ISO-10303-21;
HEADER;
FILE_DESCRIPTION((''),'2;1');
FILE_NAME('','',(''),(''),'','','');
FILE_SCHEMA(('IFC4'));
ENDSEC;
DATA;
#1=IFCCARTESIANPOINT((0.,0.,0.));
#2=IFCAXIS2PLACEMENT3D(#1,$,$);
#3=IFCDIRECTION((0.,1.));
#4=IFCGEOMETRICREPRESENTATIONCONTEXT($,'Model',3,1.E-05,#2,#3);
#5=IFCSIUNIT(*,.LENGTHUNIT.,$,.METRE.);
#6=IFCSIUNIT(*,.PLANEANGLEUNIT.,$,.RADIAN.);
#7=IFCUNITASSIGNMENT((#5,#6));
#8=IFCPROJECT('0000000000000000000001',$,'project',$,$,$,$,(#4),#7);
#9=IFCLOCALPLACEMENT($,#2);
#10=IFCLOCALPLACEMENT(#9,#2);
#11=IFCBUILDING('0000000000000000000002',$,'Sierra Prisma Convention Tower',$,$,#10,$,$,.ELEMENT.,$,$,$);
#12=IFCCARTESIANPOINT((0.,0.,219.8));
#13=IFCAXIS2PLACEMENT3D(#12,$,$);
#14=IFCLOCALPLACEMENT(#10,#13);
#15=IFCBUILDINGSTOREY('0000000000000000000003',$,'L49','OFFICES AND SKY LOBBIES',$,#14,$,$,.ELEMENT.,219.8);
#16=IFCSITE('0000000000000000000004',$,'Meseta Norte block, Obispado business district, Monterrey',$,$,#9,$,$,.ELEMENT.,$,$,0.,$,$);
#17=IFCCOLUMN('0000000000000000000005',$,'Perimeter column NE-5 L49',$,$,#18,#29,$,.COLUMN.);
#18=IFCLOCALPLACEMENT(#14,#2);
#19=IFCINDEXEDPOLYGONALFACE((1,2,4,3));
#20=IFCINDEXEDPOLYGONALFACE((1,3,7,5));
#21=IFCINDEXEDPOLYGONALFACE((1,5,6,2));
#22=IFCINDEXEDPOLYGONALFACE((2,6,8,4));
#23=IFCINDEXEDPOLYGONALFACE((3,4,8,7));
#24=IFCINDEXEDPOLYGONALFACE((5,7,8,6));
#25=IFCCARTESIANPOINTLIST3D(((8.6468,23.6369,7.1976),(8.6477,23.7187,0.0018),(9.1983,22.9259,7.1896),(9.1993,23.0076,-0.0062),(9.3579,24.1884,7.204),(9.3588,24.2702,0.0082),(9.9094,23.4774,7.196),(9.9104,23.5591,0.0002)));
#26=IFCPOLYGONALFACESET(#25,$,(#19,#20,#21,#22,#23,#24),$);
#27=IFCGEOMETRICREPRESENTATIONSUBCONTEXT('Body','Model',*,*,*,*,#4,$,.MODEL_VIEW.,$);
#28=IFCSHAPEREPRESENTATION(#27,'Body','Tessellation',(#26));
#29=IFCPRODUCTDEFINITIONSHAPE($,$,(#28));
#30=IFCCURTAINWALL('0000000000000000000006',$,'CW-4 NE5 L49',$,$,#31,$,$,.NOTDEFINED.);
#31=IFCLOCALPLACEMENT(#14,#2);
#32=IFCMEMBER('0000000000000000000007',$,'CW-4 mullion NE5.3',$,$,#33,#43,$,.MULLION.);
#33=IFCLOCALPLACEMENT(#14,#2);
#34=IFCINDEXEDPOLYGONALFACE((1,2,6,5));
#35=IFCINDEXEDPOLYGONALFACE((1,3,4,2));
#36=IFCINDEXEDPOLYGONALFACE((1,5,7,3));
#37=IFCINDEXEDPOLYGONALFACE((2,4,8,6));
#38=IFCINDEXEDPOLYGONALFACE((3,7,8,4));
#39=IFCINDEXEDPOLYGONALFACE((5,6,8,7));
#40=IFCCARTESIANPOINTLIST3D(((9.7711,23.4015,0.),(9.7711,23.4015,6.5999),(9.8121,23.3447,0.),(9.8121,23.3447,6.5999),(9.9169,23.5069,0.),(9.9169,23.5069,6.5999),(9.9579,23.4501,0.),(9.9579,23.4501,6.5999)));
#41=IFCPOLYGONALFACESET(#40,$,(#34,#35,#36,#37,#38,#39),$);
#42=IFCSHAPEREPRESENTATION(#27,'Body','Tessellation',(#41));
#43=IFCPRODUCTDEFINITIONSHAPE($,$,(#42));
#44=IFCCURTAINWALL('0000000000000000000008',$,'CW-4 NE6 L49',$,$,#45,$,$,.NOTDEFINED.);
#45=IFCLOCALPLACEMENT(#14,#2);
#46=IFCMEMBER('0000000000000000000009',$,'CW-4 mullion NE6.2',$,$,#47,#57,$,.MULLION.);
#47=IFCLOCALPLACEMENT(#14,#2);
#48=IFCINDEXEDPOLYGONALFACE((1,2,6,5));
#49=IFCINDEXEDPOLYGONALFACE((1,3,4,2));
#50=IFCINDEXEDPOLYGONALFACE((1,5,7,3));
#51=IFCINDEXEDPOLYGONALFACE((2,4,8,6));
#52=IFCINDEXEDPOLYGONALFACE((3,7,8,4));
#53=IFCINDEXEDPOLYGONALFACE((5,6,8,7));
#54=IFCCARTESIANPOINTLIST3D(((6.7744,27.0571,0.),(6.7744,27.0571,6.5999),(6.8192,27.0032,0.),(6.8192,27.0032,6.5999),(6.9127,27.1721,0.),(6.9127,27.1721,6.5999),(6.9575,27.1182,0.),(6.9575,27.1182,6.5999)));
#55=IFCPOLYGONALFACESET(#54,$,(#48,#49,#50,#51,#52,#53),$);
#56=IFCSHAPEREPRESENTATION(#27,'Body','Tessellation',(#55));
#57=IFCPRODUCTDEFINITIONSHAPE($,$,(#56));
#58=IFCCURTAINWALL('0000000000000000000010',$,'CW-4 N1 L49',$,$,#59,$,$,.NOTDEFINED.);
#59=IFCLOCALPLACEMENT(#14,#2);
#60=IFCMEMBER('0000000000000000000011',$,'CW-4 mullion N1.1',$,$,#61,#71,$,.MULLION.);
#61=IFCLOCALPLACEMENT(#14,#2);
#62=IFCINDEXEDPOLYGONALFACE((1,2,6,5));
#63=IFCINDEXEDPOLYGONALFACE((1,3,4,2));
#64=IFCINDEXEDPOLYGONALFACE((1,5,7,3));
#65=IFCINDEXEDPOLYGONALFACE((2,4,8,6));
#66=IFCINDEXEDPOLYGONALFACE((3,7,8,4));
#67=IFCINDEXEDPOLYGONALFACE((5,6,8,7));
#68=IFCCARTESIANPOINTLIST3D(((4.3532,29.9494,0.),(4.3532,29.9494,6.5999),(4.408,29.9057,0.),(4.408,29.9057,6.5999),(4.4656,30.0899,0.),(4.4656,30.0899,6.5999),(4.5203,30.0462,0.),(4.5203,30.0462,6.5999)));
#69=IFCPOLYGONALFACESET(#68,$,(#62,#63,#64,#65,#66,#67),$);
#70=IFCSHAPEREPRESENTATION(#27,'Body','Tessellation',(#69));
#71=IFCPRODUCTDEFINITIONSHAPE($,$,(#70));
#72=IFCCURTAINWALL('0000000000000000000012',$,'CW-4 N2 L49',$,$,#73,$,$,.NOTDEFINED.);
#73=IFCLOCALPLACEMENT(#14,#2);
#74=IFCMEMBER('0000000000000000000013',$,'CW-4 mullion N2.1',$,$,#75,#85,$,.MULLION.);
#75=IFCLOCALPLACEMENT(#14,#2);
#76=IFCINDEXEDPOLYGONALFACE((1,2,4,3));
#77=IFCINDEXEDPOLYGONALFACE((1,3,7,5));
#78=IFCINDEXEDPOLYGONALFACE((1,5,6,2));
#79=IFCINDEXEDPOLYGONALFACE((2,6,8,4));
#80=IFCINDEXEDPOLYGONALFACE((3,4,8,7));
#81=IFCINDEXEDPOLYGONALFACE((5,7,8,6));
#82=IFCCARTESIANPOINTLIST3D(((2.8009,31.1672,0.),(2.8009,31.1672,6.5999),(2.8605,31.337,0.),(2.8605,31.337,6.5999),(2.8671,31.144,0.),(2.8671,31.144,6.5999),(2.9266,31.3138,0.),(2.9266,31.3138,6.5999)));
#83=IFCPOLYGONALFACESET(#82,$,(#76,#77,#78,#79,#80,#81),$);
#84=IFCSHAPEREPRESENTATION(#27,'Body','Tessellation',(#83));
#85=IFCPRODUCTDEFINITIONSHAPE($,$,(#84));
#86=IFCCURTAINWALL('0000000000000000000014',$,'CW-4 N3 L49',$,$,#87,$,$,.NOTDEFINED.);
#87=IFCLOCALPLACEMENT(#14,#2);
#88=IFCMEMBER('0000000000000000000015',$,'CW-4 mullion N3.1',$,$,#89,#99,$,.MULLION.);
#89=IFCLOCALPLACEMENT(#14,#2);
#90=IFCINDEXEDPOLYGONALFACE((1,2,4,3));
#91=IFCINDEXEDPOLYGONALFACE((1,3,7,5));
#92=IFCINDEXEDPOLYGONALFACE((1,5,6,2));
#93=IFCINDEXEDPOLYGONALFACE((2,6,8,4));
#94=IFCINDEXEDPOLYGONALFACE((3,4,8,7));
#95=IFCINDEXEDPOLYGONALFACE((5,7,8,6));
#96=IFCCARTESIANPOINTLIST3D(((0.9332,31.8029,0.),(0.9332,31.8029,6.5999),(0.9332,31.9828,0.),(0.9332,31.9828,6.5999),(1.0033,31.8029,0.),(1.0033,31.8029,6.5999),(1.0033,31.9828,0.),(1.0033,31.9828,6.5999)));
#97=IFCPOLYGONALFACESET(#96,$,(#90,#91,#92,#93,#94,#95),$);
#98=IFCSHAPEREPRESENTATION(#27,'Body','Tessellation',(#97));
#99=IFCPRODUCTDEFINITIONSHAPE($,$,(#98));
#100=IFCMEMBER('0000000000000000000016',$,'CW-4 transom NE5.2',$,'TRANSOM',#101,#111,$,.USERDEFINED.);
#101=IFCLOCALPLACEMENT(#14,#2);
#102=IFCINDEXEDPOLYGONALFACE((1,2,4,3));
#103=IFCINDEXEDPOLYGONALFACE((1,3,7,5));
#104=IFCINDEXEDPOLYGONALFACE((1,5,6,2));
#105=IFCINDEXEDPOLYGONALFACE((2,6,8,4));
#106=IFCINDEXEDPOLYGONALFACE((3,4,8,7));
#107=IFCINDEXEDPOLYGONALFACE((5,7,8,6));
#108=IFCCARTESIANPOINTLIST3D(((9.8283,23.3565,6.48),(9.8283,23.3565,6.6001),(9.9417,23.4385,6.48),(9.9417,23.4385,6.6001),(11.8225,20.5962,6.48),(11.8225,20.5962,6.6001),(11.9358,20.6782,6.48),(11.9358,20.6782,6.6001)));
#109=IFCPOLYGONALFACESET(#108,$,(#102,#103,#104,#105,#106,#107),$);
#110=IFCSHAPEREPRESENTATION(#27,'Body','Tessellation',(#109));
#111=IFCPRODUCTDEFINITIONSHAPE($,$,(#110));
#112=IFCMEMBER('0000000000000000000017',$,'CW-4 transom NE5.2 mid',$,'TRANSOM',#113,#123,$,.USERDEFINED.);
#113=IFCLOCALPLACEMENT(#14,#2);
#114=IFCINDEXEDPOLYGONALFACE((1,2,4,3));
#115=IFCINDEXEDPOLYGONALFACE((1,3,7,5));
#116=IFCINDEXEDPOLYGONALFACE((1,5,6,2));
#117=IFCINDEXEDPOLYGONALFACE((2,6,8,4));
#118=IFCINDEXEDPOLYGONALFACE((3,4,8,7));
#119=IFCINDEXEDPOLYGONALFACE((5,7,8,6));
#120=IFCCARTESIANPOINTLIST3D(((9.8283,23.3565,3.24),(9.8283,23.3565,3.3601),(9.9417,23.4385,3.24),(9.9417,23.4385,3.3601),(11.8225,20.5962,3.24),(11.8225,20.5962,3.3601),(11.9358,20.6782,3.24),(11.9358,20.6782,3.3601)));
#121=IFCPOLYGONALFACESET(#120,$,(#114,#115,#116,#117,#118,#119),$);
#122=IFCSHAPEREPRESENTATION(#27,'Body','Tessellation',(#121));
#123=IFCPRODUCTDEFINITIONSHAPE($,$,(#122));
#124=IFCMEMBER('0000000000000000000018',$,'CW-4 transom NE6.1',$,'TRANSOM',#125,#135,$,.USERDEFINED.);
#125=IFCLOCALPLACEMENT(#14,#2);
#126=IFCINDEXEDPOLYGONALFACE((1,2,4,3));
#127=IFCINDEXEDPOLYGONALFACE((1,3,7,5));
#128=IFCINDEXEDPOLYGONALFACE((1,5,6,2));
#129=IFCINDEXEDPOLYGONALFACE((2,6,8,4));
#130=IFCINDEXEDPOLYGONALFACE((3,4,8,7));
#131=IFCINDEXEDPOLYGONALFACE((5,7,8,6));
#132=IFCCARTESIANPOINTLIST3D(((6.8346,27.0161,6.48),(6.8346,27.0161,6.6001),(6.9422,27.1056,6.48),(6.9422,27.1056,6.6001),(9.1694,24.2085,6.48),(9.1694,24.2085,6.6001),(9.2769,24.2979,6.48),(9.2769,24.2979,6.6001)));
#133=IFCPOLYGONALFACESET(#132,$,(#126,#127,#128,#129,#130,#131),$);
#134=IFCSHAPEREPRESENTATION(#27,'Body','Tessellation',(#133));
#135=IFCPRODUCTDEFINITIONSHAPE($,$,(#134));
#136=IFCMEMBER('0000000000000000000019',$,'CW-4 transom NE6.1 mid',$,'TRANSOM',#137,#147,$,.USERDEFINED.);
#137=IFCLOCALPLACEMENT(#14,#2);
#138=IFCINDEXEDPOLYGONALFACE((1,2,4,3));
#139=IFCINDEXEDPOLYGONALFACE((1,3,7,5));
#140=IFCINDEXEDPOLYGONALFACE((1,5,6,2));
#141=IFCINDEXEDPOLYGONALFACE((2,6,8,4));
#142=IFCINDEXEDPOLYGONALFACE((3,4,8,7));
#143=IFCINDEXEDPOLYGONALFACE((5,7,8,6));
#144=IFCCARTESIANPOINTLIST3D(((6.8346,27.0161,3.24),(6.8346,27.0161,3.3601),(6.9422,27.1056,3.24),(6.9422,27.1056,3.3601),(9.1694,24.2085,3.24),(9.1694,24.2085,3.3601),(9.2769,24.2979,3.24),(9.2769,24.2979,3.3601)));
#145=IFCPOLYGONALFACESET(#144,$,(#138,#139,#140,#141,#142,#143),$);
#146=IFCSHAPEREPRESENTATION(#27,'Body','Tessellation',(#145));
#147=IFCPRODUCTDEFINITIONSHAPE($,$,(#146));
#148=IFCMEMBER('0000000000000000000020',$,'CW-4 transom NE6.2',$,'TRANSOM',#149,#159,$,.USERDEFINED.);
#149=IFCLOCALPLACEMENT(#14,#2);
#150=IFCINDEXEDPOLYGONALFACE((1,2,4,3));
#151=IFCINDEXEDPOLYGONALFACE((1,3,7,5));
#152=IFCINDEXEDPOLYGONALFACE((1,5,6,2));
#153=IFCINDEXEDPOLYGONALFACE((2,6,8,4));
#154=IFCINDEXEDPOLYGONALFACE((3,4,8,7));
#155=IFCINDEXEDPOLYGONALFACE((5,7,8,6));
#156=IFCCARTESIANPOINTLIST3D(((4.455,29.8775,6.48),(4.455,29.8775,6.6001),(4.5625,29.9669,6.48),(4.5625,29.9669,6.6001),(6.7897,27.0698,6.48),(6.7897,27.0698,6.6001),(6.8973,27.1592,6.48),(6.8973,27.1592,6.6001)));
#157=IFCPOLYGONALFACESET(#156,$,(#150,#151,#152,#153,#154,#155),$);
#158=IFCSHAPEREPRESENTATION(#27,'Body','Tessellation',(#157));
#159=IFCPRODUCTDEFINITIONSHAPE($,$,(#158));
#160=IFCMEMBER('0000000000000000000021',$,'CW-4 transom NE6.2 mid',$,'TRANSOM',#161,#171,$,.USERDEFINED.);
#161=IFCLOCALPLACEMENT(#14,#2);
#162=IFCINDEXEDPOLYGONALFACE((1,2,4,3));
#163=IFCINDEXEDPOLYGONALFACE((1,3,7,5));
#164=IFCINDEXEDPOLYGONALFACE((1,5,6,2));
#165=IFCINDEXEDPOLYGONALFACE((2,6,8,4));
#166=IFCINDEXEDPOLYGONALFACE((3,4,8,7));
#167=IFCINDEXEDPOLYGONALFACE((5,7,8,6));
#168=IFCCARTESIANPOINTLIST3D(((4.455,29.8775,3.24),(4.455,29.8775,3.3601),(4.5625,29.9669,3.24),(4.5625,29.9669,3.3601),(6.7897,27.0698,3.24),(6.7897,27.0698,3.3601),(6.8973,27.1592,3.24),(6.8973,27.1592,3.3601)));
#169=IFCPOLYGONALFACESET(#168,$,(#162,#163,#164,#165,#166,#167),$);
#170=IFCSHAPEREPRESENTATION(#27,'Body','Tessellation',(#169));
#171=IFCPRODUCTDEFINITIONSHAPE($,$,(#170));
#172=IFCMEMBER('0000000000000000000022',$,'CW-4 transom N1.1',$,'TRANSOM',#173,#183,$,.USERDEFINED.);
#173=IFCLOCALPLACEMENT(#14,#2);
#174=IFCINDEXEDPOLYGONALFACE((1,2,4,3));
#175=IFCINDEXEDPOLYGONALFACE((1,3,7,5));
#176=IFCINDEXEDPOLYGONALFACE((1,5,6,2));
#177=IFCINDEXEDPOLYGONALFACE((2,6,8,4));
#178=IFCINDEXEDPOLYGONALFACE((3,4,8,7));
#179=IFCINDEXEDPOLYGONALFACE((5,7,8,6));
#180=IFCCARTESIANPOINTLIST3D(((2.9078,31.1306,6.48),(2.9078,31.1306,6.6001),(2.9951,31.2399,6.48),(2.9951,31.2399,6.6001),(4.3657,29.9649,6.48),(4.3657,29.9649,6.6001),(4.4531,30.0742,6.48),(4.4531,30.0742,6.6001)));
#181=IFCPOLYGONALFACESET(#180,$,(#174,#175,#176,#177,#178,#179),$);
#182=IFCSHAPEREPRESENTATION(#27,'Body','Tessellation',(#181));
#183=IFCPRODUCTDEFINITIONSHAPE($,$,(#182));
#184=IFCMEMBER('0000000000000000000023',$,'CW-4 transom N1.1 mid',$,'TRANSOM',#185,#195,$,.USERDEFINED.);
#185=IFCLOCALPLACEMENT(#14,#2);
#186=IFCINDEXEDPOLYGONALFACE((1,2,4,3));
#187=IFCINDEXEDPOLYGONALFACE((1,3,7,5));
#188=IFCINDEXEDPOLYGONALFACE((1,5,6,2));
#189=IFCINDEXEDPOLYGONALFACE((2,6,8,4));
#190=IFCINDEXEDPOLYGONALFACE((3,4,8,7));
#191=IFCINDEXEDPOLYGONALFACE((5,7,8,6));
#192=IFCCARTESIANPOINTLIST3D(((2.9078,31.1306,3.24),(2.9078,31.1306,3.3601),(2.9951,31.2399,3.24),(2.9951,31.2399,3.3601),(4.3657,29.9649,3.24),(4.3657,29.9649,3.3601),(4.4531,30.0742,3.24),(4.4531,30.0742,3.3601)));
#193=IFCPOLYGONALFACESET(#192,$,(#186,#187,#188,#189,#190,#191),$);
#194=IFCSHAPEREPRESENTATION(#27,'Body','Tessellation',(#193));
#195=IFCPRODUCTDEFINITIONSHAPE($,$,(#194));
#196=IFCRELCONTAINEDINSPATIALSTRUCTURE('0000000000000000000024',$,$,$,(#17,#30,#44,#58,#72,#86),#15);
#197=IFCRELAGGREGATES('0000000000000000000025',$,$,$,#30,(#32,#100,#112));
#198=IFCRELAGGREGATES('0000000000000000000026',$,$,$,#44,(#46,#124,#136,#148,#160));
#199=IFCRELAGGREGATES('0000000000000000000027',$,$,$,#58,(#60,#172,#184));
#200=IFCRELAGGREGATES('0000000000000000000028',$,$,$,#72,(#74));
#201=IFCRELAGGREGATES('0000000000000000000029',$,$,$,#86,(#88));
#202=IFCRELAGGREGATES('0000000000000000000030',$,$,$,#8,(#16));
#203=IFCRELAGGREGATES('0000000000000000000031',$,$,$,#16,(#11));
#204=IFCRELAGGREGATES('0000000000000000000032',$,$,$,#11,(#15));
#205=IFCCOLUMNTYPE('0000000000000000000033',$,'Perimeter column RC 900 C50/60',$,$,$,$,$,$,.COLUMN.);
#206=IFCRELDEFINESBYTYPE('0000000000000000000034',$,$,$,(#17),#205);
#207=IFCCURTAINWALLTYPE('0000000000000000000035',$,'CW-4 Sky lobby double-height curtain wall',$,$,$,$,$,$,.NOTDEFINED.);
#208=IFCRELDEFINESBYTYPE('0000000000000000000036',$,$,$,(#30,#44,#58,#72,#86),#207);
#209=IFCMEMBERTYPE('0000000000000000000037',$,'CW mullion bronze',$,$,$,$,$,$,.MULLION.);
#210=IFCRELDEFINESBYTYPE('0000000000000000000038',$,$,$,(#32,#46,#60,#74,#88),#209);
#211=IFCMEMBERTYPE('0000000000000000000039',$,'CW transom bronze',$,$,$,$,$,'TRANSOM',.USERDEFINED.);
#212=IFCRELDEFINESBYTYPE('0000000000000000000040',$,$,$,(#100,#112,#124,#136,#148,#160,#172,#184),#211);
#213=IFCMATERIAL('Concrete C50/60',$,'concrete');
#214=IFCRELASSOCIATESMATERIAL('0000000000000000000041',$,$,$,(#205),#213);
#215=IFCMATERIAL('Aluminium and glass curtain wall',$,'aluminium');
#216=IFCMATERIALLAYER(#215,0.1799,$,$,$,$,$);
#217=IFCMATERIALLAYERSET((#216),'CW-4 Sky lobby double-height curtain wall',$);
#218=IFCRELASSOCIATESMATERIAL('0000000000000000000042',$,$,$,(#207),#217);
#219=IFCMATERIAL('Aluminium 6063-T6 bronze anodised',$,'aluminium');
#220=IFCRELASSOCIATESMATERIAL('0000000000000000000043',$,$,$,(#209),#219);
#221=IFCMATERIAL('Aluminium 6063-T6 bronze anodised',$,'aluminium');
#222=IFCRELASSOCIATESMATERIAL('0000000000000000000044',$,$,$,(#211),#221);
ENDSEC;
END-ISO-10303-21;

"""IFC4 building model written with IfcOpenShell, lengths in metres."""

from ifc_helpers import new_model, si_unit, direction, frame, origin, origin_2d, place, context, subcontext, project, spatial, rectangle, extrude, clip, halfspace, material, layer, layer_set, material_profile, profile_set, type_object, element, aggregate, save


model = new_model("IFC4")

# Units and contexts
model_context = context("Model", 3, precision=1e-05, world=origin(), true_north=direction((0.0, 1.0)))
body_context = subcontext(model_context, "Body", "Model", "MODEL_VIEW")
ifc_project = project(units=[si_unit("LENGTHUNIT", "METRE"), si_unit("PLANEANGLEUNIT", "RADIAN")], contexts=[model_context])

# Site, building, storey
site_placement = place(None, origin())
site = spatial("IfcSite", under=ifc_project, at=site_placement, Name="Meseta Norte block, Obispado business district, Monterrey", CompositionType="ELEMENT", RefElevation=0.0)
building_placement = place(site_placement, origin())
building = spatial("IfcBuilding", under=site, at=building_placement, Name="Sierra Prisma Convention Tower", CompositionType="ELEMENT")
storey_placement = place(building_placement, frame((0.0, 0.0, 219.8)))
storey = spatial("IfcBuildingStorey", under=building, at=storey_placement, Name="L49", Description="OFFICES AND SKY LOBBIES", CompositionType="ELEMENT", Elevation=219.8)

# Column
ifc_material_1 = material(Name="Concrete C50/60", Category="concrete")
ifc_material_profile_1 = material_profile(ifc_material_1, rectangle(XDim=0.8999, YDim=0.8999, at=origin_2d()), Name="Perimeter column RC 900 C50/60")
ifc_profile_set_1 = profile_set([ifc_material_profile_1], Name="Concrete C50/60")
column_type = type_object("IfcColumnType", Name="Perimeter column RC 900 C50/60", PredefinedType="COLUMN", material=ifc_profile_set_1)
column_placement = place(storey_placement, frame((9.2791, 23.6389, 0.0), z_axis=(-0.000136, -0.011359, 0.999935), x_axis=(-0.612874, 0.790131, 0.008892)))
element("IfcColumn", 1, at=column_placement, inside=storey, type_object=column_type, Name="Perimeter column NE-5 L49", PredefinedType="COLUMN", context=body_context, shape_type="SweptSolid", body=[
    clip(clip(extrude(rectangle(XDim=0.8999, YDim=0.8999, at=origin_2d()), origin(), (0.0, 0.0, 1.0), 7.2004), halfspace(frame((0.0, 0.0, 0.001)), True)), halfspace(frame((0.0, 0.0, 7.1973)), False)),
])

# Curtain walls, members
ifc_material_2 = material(Name="Aluminium and glass curtain wall", Category="aluminium")
ifc_layer_1 = layer(ifc_material_2, 0.1799)
ifc_layer_set_1 = layer_set([ifc_layer_1], Name="CW-4 Sky lobby double-height curtain wall")
curtain_wall_type = type_object("IfcCurtainWallType", Name="CW-4 Sky lobby double-height curtain wall", PredefinedType="NOTDEFINED", material=ifc_layer_set_1)
curtain_wall_1_placement = place(storey_placement, origin())
curtain_wall_1 = element("IfcCurtainWall", 2, at=curtain_wall_1_placement, inside=storey, type_object=curtain_wall_type, Name="CW-4 NE5 L49", PredefinedType="NOTDEFINED")
ifc_material_3 = material(Name="Aluminium 6063-T6 bronze anodised", Category="aluminium")
ifc_material_profile_2 = material_profile(ifc_material_3, rectangle(XDim=0.1799, YDim=0.0701, at=origin_2d()), Name="ALU MULLION 70x180")
ifc_profile_set_2 = profile_set([ifc_material_profile_2], Name="Aluminium 6063-T6 bronze anodised")
member_type_1 = type_object("IfcMemberType", Name="CW mullion bronze", PredefinedType="MULLION", material=ifc_profile_set_2)
member_1_placement = place(storey_placement, frame((9.8645, 23.4258, 0.0), z_axis=(0.0, 0.0, 1.0), x_axis=(-0.810572, -0.58564, 0.0)))
member_1 = element("IfcMember", 3, at=member_1_placement, type_object=member_type_1, Name="CW-4 mullion NE5.3", PredefinedType="MULLION", context=body_context, shape_type="SweptSolid", body=[
    extrude(rectangle(XDim=0.1799, YDim=0.0701, at=origin_2d()), origin(), (0.0, 0.0, 1.0), 6.5999),
])
curtain_wall_2_placement = place(storey_placement, origin())
curtain_wall_2 = element("IfcCurtainWall", 4, at=curtain_wall_2_placement, inside=storey, type_object=curtain_wall_type, Name="CW-4 NE6 L49", PredefinedType="NOTDEFINED")
member_2_placement = place(storey_placement, frame((6.866, 27.0876, 0.0), z_axis=(0.0, 0.0, 1.0), x_axis=(-0.768876, -0.639398, 0.0)))
member_2 = element("IfcMember", 5, at=member_2_placement, type_object=member_type_1, Name="CW-4 mullion NE6.2", PredefinedType="MULLION", context=body_context, shape_type="SweptSolid", body=[
    extrude(rectangle(XDim=0.1799, YDim=0.0701, at=origin_2d()), origin(), (0.0, 0.0, 1.0), 6.5999),
])
curtain_wall_3_placement = place(storey_placement, origin())
curtain_wall_3 = element("IfcCurtainWall", 6, at=curtain_wall_3_placement, inside=storey, type_object=curtain_wall_type, Name="CW-4 N1 L49", PredefinedType="NOTDEFINED")
member_3_placement = place(storey_placement, frame((4.4368, 29.9978, 0.0), z_axis=(0.0, 0.0, 1.0), x_axis=(-0.624465, -0.781053, 0.0)))
member_3 = element("IfcMember", 7, at=member_3_placement, type_object=member_type_1, Name="CW-4 mullion N1.1", PredefinedType="MULLION", context=body_context, shape_type="SweptSolid", body=[
    extrude(rectangle(XDim=0.1799, YDim=0.0701, at=origin_2d()), origin(), (0.0, 0.0, 1.0), 6.5999),
])
curtain_wall_4_placement = place(storey_placement, origin())
curtain_wall_4 = element("IfcCurtainWall", 8, at=curtain_wall_4_placement, inside=storey, type_object=curtain_wall_type, Name="CW-4 N2 L49", PredefinedType="NOTDEFINED")
member_4_placement = place(storey_placement, frame((2.8638, 31.2405, 0.0), z_axis=(0.0, 0.0, 1.0), x_axis=(-0.330868, -0.943677, 0.0)))
member_4 = element("IfcMember", 9, at=member_4_placement, type_object=member_type_1, Name="CW-4 mullion N2.1", PredefinedType="MULLION", context=body_context, shape_type="SweptSolid", body=[
    extrude(rectangle(XDim=0.1799, YDim=0.0701, at=origin_2d()), origin(), (0.0, 0.0, 1.0), 6.5999),
])
curtain_wall_5_placement = place(storey_placement, origin())
curtain_wall_5 = element("IfcCurtainWall", 10, at=curtain_wall_5_placement, inside=storey, type_object=curtain_wall_type, Name="CW-4 N3 L49", PredefinedType="NOTDEFINED")
member_5_placement = place(storey_placement, frame((0.9683, 31.8928, 0.0), z_axis=(0.0, 0.0, 1.0), x_axis=(0.0, -1.0, 0.0)))
member_5 = element("IfcMember", 11, at=member_5_placement, type_object=member_type_1, Name="CW-4 mullion N3.1", PredefinedType="MULLION", context=body_context, shape_type="SweptSolid", body=[
    extrude(rectangle(XDim=0.1799, YDim=0.0701, at=origin_2d()), origin(), (0.0, 0.0, 1.0), 6.5999),
])

# Members
ifc_material_4 = material(Name="Aluminium 6063-T6 bronze anodised", Category="aluminium")
ifc_material_profile_3 = material_profile(ifc_material_4, rectangle(XDim=0.1399, YDim=0.1201, at=origin_2d()), Name="ALU TRANSOM 120x140")
ifc_profile_set_3 = profile_set([ifc_material_profile_3], Name="Aluminium 6063-T6 bronze anodised")
member_type_2 = type_object("IfcMemberType", Name="CW transom bronze", ElementType="TRANSOM", PredefinedType="USERDEFINED", material=ifc_profile_set_3)
member_6_placement = place(storey_placement, frame((11.8792, 20.6372, 6.54), z_axis=(-0.585611, 0.810592, 0.0), x_axis=(-0.810592, -0.585611, 0.0)))
member_6 = element("IfcMember", 12, at=member_6_placement, type_object=member_type_2, Name="CW-4 transom NE5.2", ObjectType="TRANSOM", PredefinedType="USERDEFINED", context=body_context, shape_type="SweptSolid", body=[
    extrude(rectangle(XDim=0.1399, YDim=0.1201, at=origin_2d()), origin(), (0.0, 0.0, 1.0), 3.4053),
])
member_7_placement = place(storey_placement, frame((11.8792, 20.6372, 3.3), z_axis=(-0.585611, 0.810592, 0.0), x_axis=(-0.810592, -0.585611, 0.0)))
member_7 = element("IfcMember", 13, at=member_7_placement, type_object=member_type_2, Name="CW-4 transom NE5.2 mid", ObjectType="TRANSOM", PredefinedType="USERDEFINED", context=body_context, shape_type="SweptSolid", body=[
    extrude(rectangle(XDim=0.1399, YDim=0.1201, at=origin_2d()), origin(), (0.0, 0.0, 1.0), 3.4053),
])
member_8_placement = place(storey_placement, frame((9.2231, 24.2532, 6.54), z_axis=(-0.639382, 0.768889, 0.0), x_axis=(-0.768889, -0.639382, 0.0)))
member_8 = element("IfcMember", 14, at=member_8_placement, type_object=member_type_2, Name="CW-4 transom NE6.1", ObjectType="TRANSOM", PredefinedType="USERDEFINED", context=body_context, shape_type="SweptSolid", body=[
    extrude(rectangle(XDim=0.1399, YDim=0.1201, at=origin_2d()), origin(), (0.0, 0.0, 1.0), 3.6516),
])
member_9_placement = place(storey_placement, frame((9.2231, 24.2532, 3.3), z_axis=(-0.639382, 0.768889, 0.0), x_axis=(-0.768889, -0.639382, 0.0)))
member_9 = element("IfcMember", 15, at=member_9_placement, type_object=member_type_2, Name="CW-4 transom NE6.1 mid", ObjectType="TRANSOM", PredefinedType="USERDEFINED", context=body_context, shape_type="SweptSolid", body=[
    extrude(rectangle(XDim=0.1399, YDim=0.1201, at=origin_2d()), origin(), (0.0, 0.0, 1.0), 3.6516),
])
member_10_placement = place(storey_placement, frame((6.8435, 27.1145, 6.54), z_axis=(-0.639382, 0.768889, 0.0), x_axis=(-0.768889, -0.639382, 0.0)))
member_10 = element("IfcMember", 16, at=member_10_placement, type_object=member_type_2, Name="CW-4 transom NE6.2", ObjectType="TRANSOM", PredefinedType="USERDEFINED", context=body_context, shape_type="SweptSolid", body=[
    extrude(rectangle(XDim=0.1399, YDim=0.1201, at=origin_2d()), origin(), (0.0, 0.0, 1.0), 3.6516),
])
member_11_placement = place(storey_placement, frame((6.8435, 27.1145, 3.3), z_axis=(-0.639382, 0.768889, 0.0), x_axis=(-0.768889, -0.639382, 0.0)))
member_11 = element("IfcMember", 17, at=member_11_placement, type_object=member_type_2, Name="CW-4 transom NE6.2 mid", ObjectType="TRANSOM", PredefinedType="USERDEFINED", context=body_context, shape_type="SweptSolid", body=[
    extrude(rectangle(XDim=0.1399, YDim=0.1201, at=origin_2d()), origin(), (0.0, 0.0, 1.0), 3.6516),
])
member_12_placement = place(storey_placement, frame((4.4094, 30.0195, 6.54), z_axis=(-0.781035, 0.624488, 0.0), x_axis=(-0.624488, -0.781035, 0.0)))
member_12 = element("IfcMember", 18, at=member_12_placement, type_object=member_type_2, Name="CW-4 transom N1.1", ObjectType="TRANSOM", PredefinedType="USERDEFINED", context=body_context, shape_type="SweptSolid", body=[
    extrude(rectangle(XDim=0.1399, YDim=0.1201, at=origin_2d()), origin(), (0.0, 0.0, 1.0), 1.8667),
])
member_13_placement = place(storey_placement, frame((4.4094, 30.0195, 3.3), z_axis=(-0.781035, 0.624488, 0.0), x_axis=(-0.624488, -0.781035, 0.0)))
member_13 = element("IfcMember", 19, at=member_13_placement, type_object=member_type_2, Name="CW-4 transom N1.1 mid", ObjectType="TRANSOM", PredefinedType="USERDEFINED", context=body_context, shape_type="SweptSolid", body=[
    extrude(rectangle(XDim=0.1399, YDim=0.1201, at=origin_2d()), origin(), (0.0, 0.0, 1.0), 1.8667),
])

aggregate(curtain_wall_1, [member_1, member_6, member_7])
aggregate(curtain_wall_2, [member_2, member_8, member_9, member_10, member_11])
aggregate(curtain_wall_3, [member_3, member_12, member_13])
aggregate(curtain_wall_4, [member_4])
aggregate(curtain_wall_5, [member_5])

save(model, "model.ifc")
